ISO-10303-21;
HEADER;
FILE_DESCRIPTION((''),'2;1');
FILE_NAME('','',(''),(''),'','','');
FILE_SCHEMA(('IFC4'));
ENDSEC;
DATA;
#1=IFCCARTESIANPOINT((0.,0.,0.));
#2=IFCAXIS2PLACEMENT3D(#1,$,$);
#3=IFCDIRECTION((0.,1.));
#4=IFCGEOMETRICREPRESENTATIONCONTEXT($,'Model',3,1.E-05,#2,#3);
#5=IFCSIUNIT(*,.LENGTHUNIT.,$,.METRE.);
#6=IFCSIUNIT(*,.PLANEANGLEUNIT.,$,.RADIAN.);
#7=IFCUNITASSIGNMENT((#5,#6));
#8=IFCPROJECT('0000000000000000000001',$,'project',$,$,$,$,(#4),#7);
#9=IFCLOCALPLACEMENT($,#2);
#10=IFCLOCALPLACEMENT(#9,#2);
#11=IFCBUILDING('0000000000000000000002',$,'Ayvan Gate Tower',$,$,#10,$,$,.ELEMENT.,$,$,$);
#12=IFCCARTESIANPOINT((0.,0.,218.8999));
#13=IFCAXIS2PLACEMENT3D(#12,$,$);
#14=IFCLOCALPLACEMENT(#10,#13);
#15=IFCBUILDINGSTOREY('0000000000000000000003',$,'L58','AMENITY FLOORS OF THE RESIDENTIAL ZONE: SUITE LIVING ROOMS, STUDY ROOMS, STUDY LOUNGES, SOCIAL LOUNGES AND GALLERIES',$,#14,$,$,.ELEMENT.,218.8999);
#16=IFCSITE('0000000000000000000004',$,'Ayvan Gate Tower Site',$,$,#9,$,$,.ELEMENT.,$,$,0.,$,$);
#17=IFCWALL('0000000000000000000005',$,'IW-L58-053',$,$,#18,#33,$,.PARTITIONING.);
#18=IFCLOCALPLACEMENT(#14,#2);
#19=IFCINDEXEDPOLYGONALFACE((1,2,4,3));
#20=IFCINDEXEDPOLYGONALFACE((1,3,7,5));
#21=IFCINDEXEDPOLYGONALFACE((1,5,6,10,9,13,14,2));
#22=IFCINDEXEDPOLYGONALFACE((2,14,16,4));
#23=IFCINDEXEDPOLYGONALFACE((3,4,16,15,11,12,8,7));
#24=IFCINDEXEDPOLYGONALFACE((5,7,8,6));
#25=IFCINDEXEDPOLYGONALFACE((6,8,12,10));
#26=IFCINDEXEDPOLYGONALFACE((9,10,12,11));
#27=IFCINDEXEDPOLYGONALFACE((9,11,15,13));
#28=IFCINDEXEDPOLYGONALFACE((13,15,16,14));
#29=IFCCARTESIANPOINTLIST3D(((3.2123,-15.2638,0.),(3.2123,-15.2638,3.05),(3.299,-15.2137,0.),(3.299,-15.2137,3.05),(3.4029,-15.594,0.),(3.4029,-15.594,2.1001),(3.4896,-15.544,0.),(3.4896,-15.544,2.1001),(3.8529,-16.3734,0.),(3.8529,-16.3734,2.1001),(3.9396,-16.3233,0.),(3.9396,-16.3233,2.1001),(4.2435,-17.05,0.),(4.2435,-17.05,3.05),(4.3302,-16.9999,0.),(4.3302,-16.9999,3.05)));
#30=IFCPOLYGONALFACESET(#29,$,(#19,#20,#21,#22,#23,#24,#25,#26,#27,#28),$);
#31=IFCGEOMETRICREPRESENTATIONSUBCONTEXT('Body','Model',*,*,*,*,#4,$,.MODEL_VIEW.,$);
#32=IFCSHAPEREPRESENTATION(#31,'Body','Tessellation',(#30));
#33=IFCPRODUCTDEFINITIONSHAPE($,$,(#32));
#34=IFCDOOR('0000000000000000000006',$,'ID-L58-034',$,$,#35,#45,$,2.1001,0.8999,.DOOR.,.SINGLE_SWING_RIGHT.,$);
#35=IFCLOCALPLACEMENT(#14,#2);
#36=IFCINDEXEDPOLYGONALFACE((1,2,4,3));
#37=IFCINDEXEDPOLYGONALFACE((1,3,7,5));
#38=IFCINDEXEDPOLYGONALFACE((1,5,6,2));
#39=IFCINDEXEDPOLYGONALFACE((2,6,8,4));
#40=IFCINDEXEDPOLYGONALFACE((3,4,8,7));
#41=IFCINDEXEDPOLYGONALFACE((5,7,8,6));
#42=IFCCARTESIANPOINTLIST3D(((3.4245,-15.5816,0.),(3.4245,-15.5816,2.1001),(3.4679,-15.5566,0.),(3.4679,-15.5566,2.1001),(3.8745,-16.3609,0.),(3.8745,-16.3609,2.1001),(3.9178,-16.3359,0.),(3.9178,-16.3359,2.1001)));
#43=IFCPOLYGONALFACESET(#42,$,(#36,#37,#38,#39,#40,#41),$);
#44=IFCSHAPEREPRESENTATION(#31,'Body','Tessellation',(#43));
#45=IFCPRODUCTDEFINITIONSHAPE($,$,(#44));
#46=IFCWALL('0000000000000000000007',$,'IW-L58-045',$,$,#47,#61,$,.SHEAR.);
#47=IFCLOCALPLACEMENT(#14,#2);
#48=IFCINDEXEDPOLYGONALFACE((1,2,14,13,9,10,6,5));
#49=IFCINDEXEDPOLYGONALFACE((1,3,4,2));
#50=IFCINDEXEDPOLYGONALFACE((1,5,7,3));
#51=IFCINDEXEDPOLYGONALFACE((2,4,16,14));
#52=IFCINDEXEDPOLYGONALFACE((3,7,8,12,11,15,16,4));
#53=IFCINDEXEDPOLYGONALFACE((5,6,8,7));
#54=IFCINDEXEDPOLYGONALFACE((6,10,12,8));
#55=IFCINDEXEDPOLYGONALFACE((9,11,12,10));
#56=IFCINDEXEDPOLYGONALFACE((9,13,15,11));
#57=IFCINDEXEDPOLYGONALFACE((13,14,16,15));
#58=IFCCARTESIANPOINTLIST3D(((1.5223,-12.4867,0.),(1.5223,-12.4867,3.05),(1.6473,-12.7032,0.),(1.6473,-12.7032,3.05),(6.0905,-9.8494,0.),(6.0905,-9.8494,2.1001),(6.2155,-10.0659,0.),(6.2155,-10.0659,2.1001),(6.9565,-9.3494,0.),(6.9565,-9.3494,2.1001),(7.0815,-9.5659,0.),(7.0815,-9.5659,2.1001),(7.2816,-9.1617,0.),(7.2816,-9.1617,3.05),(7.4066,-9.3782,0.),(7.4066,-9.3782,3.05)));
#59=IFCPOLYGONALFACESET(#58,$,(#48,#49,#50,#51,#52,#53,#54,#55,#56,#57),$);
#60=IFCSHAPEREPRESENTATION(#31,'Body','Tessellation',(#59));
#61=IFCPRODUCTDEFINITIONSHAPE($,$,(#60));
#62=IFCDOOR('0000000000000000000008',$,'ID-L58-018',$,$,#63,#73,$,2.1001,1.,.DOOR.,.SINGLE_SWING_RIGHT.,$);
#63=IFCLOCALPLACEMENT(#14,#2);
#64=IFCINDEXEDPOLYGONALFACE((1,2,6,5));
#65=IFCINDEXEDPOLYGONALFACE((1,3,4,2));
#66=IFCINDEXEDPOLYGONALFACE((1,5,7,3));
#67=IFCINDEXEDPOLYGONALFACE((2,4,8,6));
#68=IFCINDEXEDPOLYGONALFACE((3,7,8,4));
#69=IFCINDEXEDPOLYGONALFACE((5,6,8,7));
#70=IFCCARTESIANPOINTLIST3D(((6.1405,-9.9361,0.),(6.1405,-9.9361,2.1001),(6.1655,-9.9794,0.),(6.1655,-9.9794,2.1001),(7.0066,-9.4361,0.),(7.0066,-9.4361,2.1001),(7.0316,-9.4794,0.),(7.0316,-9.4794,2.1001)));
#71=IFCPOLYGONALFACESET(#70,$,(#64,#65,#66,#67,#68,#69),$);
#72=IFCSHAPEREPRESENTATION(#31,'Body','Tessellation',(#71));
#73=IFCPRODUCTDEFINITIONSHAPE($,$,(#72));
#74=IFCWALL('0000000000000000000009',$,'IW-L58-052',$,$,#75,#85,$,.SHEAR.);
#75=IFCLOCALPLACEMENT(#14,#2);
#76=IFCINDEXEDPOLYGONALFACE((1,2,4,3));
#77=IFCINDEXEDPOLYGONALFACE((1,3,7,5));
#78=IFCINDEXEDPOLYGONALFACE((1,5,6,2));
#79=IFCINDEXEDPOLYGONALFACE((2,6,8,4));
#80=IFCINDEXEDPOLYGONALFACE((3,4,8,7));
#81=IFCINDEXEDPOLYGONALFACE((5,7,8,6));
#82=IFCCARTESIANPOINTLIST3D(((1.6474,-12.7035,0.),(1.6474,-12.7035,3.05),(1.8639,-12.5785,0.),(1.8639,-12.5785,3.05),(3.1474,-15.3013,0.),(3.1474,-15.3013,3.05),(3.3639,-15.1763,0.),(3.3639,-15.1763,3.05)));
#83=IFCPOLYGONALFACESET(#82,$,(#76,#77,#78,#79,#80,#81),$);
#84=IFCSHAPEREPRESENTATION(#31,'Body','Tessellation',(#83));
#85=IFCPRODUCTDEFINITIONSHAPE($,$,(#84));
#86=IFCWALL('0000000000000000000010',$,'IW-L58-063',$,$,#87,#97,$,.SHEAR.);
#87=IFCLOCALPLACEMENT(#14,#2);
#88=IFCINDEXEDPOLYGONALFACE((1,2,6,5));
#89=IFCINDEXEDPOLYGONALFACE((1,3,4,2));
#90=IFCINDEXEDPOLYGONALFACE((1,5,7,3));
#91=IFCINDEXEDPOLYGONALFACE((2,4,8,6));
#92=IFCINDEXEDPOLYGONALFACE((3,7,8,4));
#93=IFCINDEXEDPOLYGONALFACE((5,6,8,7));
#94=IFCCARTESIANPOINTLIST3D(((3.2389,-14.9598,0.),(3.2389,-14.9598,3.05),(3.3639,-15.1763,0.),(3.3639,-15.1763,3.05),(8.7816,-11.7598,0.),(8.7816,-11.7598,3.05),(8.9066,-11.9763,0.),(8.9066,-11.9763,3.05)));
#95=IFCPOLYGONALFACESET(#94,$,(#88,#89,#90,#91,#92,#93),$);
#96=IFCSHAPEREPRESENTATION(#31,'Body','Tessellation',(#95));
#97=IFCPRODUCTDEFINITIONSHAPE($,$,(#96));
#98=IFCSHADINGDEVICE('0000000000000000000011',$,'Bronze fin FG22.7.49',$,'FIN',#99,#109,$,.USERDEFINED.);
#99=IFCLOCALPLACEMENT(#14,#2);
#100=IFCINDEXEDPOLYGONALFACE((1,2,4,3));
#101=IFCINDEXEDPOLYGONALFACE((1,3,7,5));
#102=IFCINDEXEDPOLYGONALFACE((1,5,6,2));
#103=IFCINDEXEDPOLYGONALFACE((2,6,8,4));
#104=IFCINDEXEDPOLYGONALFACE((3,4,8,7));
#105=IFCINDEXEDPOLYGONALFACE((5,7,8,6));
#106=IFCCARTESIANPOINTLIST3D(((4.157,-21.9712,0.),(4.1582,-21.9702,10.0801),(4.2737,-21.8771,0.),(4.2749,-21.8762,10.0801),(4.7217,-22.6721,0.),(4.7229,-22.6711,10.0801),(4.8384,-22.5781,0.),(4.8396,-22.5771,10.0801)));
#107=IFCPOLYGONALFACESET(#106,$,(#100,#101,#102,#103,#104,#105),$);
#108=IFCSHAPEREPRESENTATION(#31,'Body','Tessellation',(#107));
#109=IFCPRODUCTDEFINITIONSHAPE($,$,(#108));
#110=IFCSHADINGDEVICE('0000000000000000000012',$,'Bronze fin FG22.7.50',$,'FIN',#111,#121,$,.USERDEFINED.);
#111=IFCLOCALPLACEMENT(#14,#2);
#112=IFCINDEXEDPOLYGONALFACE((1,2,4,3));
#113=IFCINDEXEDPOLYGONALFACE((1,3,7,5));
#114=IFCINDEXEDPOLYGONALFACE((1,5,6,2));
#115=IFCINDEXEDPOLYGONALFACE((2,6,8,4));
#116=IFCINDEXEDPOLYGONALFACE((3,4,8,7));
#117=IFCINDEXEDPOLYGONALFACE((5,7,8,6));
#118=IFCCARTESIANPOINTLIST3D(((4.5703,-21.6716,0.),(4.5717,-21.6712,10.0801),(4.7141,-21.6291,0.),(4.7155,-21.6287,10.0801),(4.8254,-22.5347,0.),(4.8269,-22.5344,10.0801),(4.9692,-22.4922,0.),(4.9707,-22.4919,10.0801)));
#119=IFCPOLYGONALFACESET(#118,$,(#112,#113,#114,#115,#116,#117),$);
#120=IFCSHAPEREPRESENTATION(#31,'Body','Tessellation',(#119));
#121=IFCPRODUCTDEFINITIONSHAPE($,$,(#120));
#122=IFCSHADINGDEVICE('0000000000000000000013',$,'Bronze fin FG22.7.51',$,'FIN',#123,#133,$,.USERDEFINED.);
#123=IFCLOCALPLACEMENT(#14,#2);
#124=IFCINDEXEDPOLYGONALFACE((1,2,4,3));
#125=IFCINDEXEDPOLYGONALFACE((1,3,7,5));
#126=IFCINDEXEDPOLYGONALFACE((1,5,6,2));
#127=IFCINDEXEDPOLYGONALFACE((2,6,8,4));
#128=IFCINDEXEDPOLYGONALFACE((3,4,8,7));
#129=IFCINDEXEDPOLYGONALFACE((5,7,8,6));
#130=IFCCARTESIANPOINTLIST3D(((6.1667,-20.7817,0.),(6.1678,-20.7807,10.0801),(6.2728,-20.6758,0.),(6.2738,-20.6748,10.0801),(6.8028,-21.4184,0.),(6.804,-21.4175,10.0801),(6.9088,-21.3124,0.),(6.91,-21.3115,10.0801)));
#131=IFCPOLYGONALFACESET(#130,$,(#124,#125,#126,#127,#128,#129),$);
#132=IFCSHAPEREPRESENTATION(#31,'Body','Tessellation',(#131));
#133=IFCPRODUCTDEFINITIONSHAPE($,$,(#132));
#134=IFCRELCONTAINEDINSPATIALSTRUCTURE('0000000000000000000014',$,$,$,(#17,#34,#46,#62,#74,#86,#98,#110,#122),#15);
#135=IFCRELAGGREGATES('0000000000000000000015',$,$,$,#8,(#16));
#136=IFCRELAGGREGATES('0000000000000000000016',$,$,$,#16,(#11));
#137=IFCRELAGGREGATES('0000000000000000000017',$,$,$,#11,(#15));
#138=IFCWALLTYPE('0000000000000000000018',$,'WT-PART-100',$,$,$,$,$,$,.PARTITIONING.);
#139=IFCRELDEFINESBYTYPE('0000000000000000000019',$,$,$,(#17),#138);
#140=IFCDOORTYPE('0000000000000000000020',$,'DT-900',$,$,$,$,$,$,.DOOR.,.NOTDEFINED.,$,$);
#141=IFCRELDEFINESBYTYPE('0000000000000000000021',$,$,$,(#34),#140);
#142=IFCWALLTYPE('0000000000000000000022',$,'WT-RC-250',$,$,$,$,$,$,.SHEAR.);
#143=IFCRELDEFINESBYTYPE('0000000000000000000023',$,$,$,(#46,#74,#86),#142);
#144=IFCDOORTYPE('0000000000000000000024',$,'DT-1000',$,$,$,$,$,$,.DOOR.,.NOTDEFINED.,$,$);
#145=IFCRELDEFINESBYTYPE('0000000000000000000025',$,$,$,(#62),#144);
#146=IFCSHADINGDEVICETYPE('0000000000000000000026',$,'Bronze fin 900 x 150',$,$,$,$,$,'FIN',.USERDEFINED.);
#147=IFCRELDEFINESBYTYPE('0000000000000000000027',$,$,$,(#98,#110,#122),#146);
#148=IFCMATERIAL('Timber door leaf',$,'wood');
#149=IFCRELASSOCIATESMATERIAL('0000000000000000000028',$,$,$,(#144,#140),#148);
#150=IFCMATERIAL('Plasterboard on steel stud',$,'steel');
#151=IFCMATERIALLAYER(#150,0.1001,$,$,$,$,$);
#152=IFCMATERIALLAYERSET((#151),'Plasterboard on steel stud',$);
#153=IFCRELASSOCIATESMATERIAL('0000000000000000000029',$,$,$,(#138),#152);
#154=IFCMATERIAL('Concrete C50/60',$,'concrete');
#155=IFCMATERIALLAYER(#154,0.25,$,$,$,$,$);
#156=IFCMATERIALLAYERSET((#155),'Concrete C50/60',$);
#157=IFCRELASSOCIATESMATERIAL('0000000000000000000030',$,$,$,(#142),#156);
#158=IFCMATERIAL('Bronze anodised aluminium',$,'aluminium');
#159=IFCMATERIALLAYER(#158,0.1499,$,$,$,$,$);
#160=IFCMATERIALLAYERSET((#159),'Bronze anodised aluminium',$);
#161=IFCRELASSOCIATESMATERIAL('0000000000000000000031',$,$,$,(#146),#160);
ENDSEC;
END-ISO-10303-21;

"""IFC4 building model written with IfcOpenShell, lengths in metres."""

from ifc_helpers import new_model, si_unit, direction, frame, frame_2d, origin, place, context, subcontext, project, spatial, polyline, rectangle, outline, extrude, material, layer, layer_set, type_object, element, fill, save


model = new_model("IFC4")

# Units and contexts
model_context = context("Model", 3, precision=1e-05, world=origin(), true_north=direction((0.0, 1.0)))
body_context = subcontext(model_context, "Body", "Model", "MODEL_VIEW")
ifc_project = project(units=[si_unit("LENGTHUNIT", "METRE"), si_unit("PLANEANGLEUNIT", "RADIAN")], contexts=[model_context])

# Site, building, storey
site_placement = place(None, origin())
site = spatial("IfcSite", under=ifc_project, at=site_placement, Name="Ayvan Gate Tower Site", CompositionType="ELEMENT", RefElevation=0.0)
building_placement = place(site_placement, origin())
building = spatial("IfcBuilding", under=site, at=building_placement, Name="Ayvan Gate Tower", CompositionType="ELEMENT")
storey_placement = place(building_placement, frame((0.0, 0.0, 218.8999)))
storey = spatial("IfcBuildingStorey", under=building, at=storey_placement, Name="L58", Description="AMENITY FLOORS OF THE RESIDENTIAL ZONE: SUITE LIVING ROOMS, STUDY ROOMS, STUDY LOUNGES, SOCIAL LOUNGES AND GALLERIES", CompositionType="ELEMENT", Elevation=218.8999)

# Shared definitions
ifc_material_1 = material(Name="Concrete C50/60", Category="concrete")

# Shared definitions
ifc_material_2 = material(Name="Bronze anodised aluminium", Category="aluminium")

# Walls, openings, doors
ifc_material_3 = material(Name="Plasterboard on steel stud", Category="steel")
ifc_material_4 = material(Name="Timber door leaf", Category="wood")
door_type_1 = type_object("IfcDoorType", Name="DT-1000", OperationType="NOTDEFINED", PredefinedType="DOOR", material=ifc_material_4)
ifc_layer_1 = layer(ifc_material_3, 0.1001)
ifc_layer_set_1 = layer_set([ifc_layer_1], Name="Plasterboard on steel stud")
wall_type_1 = type_object("IfcWallType", Name="WT-PART-100", PredefinedType="PARTITIONING", material=ifc_layer_set_1)
wall_1_placement = place(storey_placement, frame((3.2556, -15.2388, 0.0), z_axis=(0.0, 0.0, 1.0), x_axis=(0.500009, -0.86602, 0.0)))
wall_1 = element("IfcWall", 1, at=wall_1_placement, inside=storey, type_object=wall_type_1, Name="IW-L58-053", PredefinedType="PARTITIONING", context=body_context, shape_type="SweptSolid", body=[
    extrude(rectangle(XDim=2.0625, YDim=0.1001, at=frame_2d((1.0312, 0.0))), origin(), (0.0, 0.0, 1.0), 3.05),
])
opening_1_placement = place(wall_1_placement, frame((0.3813, 0.0, 0.0)))
opening_1 = element("IfcOpeningElement", 2, at=opening_1_placement, cuts=wall_1, PredefinedType="OPENING", context=body_context, shape_type="SweptSolid", body=[
    extrude(rectangle(XDim=0.8999, YDim=2.1001, at=frame_2d((0.45, 1.05))), frame((0.0, 0.0601, 0.0), z_axis=(0.0, -1.0, 0.0), x_axis=(1.0, 0.0, 0.0)), (0.0, 0.0, 1.0), 0.1201),
])
door_type_2 = type_object("IfcDoorType", Name="DT-900", OperationType="NOTDEFINED", PredefinedType="DOOR", material=ifc_material_4)
door_1_placement = place(opening_1_placement, origin())
door_1 = element("IfcDoor", 3, at=door_1_placement, inside=storey, type_object=door_type_2, Name="ID-L58-034", OperationType="SINGLE_SWING_RIGHT", OverallHeight=2.1001, OverallWidth=0.8999, PredefinedType="DOOR", context=body_context, shape_type="SweptSolid", body=[
    extrude(rectangle(XDim=0.8999, YDim=2.1001, at=frame_2d((0.45, 1.05))), frame((0.0, 0.0249, 0.0), z_axis=(0.0, -1.0, 0.0), x_axis=(1.0, 0.0, 0.0)), (0.0, 0.0, 1.0), 0.05),
])
fill(opening_1, door_1)
ifc_layer_2 = layer(ifc_material_1, 0.25)
ifc_layer_set_2 = layer_set([ifc_layer_2], Name="Concrete C50/60")
wall_type_2 = type_object("IfcWallType", Name="WT-RC-250", PredefinedType="SHEAR", material=ifc_layer_set_2)
wall_2_placement = place(storey_placement, frame((1.5847, -12.595, 0.0), z_axis=(0.0, 0.0, 1.0), x_axis=(0.866036, 0.499981, 0.0)))
wall_2 = element("IfcWall", 4, at=wall_2_placement, inside=storey, type_object=wall_type_2, Name="IW-L58-045", PredefinedType="SHEAR", context=body_context, shape_type="SweptSolid", body=[
    extrude(rectangle(XDim=6.6501, YDim=0.25, at=frame_2d((3.3252, 0.0))), origin(), (0.0, 0.0, 1.0), 3.05),
])
opening_2_placement = place(wall_2_placement, frame((5.2749, 0.0, 0.0)))
opening_2 = element("IfcOpeningElement", 5, at=opening_2_placement, cuts=wall_2, PredefinedType="OPENING", context=body_context, shape_type="SweptSolid", body=[
    extrude(rectangle(XDim=1.0, YDim=2.1001, at=frame_2d((0.5, 1.05))), frame((0.0, 0.135, 0.0), z_axis=(0.0, -1.0, 0.0), x_axis=(1.0, 0.0, 0.0)), (0.0, 0.0, 1.0), 0.27),
])
door_2_placement = place(opening_2_placement, origin())
door_2 = element("IfcDoor", 6, at=door_2_placement, inside=storey, type_object=door_type_1, Name="ID-L58-018", OperationType="SINGLE_SWING_RIGHT", OverallHeight=2.1001, OverallWidth=1.0, PredefinedType="DOOR", context=body_context, shape_type="SweptSolid", body=[
    extrude(rectangle(XDim=1.0, YDim=2.1001, at=frame_2d((0.5, 1.05))), frame((0.0, 0.0249, 0.0), z_axis=(0.0, -1.0, 0.0), x_axis=(1.0, 0.0, 0.0)), (0.0, 0.0, 1.0), 0.05),
])
fill(opening_2, door_2)

# Walls
wall_3_placement = place(storey_placement, frame((1.7556, -12.6409, 0.0), z_axis=(0.0, 0.0, 1.0), x_axis=(0.500025, -0.866011, 0.0)))
element("IfcWall", 7, at=wall_3_placement, inside=storey, type_object=wall_type_2, Name="IW-L58-052", PredefinedType="SHEAR", context=body_context, shape_type="SweptSolid", body=[
    extrude(rectangle(XDim=2.9998, YDim=0.25, at=frame_2d((1.5, 0.0))), origin(), (0.0, 0.0, 1.0), 3.05),
])
wall_4_placement = place(storey_placement, frame((3.3013, -15.0681, 0.0), z_axis=(0.0, 0.0, 1.0), x_axis=(0.866035, 0.499983, 0.0)))
element("IfcWall", 8, at=wall_4_placement, inside=storey, type_object=wall_type_2, Name="IW-L58-063", PredefinedType="SHEAR", context=body_context, shape_type="SweptSolid", body=[
    extrude(rectangle(XDim=6.4001, YDim=0.25, at=frame_2d((3.2002, 0.0))), origin(), (0.0, 0.0, 1.0), 3.05),
])

# Shading devices
ifc_layer_3 = layer(ifc_material_2, 0.1499)
ifc_layer_set_3 = layer_set([ifc_layer_3], Name="Bronze anodised aluminium")
shading_device_type = type_object("IfcShadingDeviceType", Name="Bronze fin 900 x 150", ElementType="FIN", PredefinedType="USERDEFINED", material=ifc_layer_set_3)
shading_device_1_placement = place(storey_placement, frame((4.157, -21.9712, 0.0), z_axis=(-0.778721, -0.627371, 0.000155), x_axis=(0.627371, -0.778721, 0.0)))
element("IfcShadingDevice", 9, at=shading_device_1_placement, inside=storey, type_object=shading_device_type, Name="Bronze fin FG22.7.49", ObjectType="FIN", PredefinedType="USERDEFINED", context=body_context, shape_type="SweptSolid", body=[
    extrude(outline(polyline([(0.0, 0.0), (0.9001, 0.0), (0.9001, 10.0801), (0.0, 10.0801), (0.0, 0.0)])), origin(), (0.0, 0.0, -1.0), 0.1499),
])
shading_device_2_placement = place(storey_placement, frame((4.5703, -21.6716, 0.0), z_axis=(-0.958987, -0.283451, 0.00015), x_axis=(0.283451, -0.958987, 0.0)))
element("IfcShadingDevice", 10, at=shading_device_2_placement, inside=storey, type_object=shading_device_type, Name="Bronze fin FG22.7.50", ObjectType="FIN", PredefinedType="USERDEFINED", context=body_context, shape_type="SweptSolid", body=[
    extrude(outline(polyline([(0.0, 0.0), (0.9, 0.0), (0.9001, 10.0801), (-0.0001, 10.0801), (0.0, 0.0)])), origin(), (0.0, 0.0, -1.0), 0.1499),
])
shading_device_3_placement = place(storey_placement, frame((6.1667, -20.7817, 0.0), z_axis=(-0.707446, -0.706768, 0.000146), x_axis=(0.706768, -0.707446, 0.0)))
element("IfcShadingDevice", 11, at=shading_device_3_placement, inside=storey, type_object=shading_device_type, Name="Bronze fin FG22.7.51", ObjectType="FIN", PredefinedType="USERDEFINED", context=body_context, shape_type="SweptSolid", body=[
    extrude(outline(polyline([(0.0, 0.0), (0.8999, 0.0), (0.9001, 10.0801), (0.0, 10.0801), (0.0, 0.0)])), origin(), (0.0, 0.0, -1.0), 0.1499),
])

save(model, "model.ifc")
